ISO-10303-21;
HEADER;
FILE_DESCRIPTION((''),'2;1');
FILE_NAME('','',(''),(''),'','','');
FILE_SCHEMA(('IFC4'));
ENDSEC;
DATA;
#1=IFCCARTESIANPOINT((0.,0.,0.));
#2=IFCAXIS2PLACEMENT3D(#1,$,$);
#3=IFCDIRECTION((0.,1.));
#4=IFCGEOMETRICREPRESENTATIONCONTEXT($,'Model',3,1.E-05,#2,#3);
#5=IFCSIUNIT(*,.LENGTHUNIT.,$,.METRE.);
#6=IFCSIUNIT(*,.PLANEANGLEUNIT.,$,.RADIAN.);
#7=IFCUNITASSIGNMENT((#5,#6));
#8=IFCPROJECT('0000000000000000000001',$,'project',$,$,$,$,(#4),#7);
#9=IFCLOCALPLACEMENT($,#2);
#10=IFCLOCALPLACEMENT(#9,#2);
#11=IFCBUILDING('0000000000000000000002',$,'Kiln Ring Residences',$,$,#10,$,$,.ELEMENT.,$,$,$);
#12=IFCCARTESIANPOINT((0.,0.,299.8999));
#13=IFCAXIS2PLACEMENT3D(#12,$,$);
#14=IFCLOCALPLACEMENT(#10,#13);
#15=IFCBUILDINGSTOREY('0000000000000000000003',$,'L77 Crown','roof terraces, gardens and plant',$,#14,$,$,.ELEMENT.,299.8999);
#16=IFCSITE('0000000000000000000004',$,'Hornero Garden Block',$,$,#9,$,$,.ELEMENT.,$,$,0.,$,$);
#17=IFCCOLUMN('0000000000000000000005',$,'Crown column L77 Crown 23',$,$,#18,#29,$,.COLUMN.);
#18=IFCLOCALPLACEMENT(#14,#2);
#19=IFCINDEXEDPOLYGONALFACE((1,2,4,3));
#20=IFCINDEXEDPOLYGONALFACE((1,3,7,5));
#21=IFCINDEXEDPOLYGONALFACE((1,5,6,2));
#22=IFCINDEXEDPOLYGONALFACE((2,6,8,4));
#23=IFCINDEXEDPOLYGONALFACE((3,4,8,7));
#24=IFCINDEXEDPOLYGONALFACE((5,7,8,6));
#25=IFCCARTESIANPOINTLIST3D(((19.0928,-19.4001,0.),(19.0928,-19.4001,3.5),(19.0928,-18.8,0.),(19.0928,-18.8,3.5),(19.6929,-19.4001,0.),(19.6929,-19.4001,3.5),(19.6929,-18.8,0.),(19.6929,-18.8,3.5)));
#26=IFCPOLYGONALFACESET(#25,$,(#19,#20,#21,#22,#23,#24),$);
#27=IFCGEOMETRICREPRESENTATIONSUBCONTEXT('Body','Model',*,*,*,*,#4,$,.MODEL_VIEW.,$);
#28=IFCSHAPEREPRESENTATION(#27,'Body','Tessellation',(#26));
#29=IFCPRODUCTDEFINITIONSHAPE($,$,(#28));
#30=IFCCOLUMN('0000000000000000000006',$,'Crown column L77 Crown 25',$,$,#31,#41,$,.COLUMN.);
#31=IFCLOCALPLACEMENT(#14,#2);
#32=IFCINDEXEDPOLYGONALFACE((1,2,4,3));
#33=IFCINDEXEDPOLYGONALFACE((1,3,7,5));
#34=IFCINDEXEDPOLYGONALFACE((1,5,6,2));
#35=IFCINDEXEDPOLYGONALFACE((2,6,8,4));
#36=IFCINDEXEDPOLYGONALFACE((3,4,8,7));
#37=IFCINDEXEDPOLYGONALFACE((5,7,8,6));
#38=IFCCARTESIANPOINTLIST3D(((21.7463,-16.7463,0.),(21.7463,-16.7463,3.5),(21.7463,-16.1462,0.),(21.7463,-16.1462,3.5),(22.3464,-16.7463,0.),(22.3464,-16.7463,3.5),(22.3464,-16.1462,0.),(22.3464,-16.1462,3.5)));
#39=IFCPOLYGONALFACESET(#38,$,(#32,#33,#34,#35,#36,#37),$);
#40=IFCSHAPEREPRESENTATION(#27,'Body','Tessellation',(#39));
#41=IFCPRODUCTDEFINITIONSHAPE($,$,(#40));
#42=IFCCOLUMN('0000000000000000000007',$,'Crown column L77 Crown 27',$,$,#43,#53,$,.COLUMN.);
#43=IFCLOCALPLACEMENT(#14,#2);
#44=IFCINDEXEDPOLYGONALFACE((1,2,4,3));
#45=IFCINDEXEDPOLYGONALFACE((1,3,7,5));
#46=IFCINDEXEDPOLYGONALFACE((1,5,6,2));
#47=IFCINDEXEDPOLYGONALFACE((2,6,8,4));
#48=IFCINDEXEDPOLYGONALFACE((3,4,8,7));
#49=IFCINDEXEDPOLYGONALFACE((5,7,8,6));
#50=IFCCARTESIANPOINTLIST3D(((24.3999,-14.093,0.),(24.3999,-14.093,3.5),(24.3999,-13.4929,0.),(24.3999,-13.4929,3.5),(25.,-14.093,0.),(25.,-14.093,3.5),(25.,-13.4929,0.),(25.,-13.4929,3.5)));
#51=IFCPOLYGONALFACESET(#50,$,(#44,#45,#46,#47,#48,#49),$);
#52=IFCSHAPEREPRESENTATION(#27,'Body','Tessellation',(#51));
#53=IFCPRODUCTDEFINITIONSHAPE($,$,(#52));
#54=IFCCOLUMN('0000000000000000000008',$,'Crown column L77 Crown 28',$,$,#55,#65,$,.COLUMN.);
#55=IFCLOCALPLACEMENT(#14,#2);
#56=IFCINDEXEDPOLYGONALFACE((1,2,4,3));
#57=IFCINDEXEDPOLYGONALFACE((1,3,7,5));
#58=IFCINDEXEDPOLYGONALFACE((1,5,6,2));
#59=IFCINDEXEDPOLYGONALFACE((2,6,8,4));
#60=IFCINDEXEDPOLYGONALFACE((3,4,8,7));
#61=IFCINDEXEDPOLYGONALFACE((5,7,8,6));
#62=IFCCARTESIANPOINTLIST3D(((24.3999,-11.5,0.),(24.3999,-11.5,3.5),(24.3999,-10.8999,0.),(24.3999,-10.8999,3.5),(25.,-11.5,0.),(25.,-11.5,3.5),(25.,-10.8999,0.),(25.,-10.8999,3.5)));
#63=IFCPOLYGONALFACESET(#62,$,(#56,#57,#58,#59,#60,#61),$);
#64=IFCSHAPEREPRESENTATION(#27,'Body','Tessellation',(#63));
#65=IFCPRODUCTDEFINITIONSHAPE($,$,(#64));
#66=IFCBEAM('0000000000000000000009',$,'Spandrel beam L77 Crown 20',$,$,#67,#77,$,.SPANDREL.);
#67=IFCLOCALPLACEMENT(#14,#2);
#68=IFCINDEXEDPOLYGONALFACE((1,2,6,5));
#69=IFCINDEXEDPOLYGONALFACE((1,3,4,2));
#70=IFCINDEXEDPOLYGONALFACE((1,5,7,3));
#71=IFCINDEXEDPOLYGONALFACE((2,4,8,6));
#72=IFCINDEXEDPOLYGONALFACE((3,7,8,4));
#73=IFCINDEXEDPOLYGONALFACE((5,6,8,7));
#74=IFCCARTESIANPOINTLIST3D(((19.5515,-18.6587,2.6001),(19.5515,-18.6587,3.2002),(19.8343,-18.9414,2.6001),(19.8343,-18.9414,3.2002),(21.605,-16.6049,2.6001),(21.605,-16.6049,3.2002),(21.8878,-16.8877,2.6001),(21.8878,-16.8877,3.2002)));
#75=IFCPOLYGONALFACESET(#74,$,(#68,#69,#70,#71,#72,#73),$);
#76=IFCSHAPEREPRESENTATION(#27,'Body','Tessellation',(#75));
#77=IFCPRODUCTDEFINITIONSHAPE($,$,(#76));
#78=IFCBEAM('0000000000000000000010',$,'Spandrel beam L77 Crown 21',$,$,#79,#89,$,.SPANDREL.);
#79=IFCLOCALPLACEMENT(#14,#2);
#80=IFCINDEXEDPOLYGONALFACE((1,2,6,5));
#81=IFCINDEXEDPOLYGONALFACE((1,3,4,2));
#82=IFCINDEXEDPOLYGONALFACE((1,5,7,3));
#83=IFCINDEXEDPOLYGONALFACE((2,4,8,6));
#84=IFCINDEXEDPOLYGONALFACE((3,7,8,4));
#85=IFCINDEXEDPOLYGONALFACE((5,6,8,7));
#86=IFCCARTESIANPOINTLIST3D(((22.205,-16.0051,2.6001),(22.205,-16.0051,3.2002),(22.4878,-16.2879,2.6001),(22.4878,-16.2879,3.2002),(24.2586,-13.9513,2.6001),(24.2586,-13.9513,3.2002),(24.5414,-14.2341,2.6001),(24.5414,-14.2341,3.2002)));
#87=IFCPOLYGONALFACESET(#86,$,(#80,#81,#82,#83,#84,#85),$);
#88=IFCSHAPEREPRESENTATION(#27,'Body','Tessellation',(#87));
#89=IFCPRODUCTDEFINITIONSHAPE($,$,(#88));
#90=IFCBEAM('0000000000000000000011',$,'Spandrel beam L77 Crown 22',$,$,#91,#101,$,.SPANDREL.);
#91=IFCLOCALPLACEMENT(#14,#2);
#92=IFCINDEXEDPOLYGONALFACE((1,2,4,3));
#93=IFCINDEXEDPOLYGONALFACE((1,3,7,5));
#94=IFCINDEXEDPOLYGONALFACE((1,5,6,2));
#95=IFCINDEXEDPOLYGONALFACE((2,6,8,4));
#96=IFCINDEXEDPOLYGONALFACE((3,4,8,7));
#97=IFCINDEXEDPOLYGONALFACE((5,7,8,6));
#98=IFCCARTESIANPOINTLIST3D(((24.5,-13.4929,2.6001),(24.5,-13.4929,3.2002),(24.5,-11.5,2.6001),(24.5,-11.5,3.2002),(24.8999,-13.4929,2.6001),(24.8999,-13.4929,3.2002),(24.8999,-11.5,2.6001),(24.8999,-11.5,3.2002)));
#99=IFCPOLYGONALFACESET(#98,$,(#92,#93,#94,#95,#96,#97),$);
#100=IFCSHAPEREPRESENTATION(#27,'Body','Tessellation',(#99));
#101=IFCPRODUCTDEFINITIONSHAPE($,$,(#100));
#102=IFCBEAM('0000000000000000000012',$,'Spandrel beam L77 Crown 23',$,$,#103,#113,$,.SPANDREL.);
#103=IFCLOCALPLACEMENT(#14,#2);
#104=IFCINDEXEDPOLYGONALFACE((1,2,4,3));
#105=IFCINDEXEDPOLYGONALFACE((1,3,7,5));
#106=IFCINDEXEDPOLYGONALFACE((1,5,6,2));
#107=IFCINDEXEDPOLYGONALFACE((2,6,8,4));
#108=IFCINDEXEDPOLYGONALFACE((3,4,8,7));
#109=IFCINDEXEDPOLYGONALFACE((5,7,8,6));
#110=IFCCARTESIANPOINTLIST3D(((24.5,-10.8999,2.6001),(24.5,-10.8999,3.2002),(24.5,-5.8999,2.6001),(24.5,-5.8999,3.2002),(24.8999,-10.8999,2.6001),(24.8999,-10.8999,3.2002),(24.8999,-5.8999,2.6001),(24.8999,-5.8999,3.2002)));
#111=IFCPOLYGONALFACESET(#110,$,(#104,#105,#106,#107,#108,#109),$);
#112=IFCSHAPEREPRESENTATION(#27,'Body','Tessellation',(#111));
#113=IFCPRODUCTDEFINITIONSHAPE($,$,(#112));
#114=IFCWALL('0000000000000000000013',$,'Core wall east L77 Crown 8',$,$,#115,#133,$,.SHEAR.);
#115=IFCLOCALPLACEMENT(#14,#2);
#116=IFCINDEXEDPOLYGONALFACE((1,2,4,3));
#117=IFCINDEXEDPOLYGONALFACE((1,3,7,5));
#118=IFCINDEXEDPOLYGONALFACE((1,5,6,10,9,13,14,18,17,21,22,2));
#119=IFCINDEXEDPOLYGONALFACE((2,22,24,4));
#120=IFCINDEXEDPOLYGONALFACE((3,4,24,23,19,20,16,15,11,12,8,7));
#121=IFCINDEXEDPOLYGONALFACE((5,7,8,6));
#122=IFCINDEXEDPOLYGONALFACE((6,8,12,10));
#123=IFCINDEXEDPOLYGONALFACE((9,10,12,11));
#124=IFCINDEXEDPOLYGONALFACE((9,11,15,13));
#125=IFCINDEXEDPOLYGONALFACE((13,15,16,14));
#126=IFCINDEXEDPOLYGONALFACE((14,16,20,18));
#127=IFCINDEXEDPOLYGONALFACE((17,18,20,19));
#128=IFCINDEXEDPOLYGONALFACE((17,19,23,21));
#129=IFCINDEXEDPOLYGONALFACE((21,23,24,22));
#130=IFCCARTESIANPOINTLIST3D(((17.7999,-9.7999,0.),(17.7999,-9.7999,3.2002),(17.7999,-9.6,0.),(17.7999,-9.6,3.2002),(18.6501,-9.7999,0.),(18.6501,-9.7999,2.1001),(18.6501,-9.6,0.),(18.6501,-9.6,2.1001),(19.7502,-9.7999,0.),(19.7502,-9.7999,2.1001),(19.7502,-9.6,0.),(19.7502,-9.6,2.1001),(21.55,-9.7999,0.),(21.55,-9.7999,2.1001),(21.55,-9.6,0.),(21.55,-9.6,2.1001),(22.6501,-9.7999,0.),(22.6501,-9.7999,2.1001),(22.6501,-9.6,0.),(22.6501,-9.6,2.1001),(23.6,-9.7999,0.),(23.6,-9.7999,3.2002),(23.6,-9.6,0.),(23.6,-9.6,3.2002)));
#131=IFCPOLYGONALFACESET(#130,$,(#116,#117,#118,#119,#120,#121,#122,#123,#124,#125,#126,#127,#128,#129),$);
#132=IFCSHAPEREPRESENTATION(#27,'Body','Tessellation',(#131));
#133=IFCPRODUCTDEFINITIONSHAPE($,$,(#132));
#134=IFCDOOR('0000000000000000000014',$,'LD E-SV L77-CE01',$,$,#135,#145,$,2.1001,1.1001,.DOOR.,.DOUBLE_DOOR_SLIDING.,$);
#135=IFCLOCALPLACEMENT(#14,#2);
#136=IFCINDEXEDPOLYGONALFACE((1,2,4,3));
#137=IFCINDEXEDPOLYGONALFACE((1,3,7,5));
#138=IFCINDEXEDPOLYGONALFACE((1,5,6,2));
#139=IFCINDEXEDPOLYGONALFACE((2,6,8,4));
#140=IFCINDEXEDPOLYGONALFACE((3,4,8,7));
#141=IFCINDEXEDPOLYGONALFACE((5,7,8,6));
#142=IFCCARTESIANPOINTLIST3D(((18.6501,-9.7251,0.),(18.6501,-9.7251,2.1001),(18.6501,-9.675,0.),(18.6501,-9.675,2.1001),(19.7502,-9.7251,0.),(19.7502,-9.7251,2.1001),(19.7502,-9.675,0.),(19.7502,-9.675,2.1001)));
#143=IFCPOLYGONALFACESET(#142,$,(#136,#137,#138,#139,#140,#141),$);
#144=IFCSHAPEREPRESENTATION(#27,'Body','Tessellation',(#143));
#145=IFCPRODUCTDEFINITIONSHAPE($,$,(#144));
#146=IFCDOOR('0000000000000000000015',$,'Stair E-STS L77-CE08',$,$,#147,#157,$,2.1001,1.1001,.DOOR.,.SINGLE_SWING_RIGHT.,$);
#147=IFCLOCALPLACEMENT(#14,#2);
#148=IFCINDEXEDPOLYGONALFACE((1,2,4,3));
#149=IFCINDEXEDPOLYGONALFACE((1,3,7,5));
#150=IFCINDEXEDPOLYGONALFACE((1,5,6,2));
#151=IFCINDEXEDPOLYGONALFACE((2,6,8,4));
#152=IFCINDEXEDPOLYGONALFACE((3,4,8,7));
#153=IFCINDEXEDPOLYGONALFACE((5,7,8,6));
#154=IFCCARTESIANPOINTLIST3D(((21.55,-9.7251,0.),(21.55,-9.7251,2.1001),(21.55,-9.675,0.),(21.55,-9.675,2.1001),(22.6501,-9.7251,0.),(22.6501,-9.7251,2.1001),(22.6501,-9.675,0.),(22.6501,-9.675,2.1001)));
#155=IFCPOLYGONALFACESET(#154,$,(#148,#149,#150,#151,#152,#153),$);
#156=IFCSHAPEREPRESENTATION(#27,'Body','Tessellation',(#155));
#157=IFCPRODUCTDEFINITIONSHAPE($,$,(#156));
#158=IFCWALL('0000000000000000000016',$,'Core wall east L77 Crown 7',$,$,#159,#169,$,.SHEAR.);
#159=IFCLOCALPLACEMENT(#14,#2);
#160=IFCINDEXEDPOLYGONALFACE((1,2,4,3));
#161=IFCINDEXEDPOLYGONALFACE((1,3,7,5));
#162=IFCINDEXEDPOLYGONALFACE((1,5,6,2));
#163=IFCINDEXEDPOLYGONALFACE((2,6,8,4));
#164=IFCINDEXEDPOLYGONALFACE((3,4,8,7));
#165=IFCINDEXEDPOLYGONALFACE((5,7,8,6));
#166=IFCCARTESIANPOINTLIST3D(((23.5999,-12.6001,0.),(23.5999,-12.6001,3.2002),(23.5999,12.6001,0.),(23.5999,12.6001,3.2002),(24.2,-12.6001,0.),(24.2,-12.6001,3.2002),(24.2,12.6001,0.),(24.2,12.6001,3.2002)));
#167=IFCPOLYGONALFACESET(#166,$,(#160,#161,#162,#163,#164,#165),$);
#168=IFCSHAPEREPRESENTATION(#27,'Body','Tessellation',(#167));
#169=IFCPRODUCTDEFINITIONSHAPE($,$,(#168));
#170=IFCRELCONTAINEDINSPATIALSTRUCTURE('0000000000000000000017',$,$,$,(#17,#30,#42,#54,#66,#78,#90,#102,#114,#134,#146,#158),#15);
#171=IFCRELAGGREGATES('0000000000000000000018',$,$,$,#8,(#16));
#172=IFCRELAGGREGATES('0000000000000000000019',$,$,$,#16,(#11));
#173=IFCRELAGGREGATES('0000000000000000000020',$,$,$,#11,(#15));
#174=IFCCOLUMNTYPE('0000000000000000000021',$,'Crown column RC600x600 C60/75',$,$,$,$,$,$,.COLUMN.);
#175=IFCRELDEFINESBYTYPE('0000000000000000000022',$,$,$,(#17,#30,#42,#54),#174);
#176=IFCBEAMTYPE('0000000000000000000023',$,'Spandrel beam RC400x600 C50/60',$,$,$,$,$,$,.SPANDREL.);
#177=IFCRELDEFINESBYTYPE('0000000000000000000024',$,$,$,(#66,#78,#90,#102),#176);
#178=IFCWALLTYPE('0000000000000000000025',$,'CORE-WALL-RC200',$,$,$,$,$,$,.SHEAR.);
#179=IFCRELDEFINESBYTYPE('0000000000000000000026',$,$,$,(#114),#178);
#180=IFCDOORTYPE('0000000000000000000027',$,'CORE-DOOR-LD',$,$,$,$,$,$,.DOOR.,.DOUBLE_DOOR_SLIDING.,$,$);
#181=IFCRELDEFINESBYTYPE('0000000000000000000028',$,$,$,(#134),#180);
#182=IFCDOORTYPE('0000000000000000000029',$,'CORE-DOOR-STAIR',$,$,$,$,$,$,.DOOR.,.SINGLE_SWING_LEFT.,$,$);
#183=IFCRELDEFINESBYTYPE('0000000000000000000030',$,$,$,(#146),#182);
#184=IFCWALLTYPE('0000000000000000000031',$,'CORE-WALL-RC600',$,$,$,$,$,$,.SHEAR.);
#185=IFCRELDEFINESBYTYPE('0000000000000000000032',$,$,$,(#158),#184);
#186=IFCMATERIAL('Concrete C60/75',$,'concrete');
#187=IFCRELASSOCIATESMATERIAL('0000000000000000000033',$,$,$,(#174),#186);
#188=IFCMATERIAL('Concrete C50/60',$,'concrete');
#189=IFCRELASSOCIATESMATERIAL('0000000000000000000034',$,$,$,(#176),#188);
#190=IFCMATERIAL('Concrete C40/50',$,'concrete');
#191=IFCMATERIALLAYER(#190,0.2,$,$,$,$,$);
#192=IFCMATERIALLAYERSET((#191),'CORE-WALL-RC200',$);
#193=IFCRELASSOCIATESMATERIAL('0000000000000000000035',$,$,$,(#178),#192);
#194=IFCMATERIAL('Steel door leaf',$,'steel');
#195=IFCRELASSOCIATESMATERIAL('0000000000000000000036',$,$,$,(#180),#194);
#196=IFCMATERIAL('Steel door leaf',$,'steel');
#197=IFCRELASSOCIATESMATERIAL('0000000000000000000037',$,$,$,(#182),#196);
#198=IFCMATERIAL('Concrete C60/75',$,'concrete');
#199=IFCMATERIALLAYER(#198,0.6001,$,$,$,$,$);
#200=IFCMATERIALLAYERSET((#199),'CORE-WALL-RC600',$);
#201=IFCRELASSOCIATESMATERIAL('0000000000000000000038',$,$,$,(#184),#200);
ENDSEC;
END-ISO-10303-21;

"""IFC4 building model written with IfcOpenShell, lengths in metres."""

from ifc_helpers import new_model, si_unit, direction, frame, frame_2d, origin, origin_2d, place, context, subcontext, project, spatial, rectangle, extrude, material, layer, layer_set, material_profile, profile_set, type_object, element, fill, save


model = new_model("IFC4")

# Units and contexts
model_context = context("Model", 3, precision=1e-05, world=origin(), true_north=direction((0.0, 1.0)))
body_context = subcontext(model_context, "Body", "Model", "MODEL_VIEW")
ifc_project = project(units=[si_unit("LENGTHUNIT", "METRE"), si_unit("PLANEANGLEUNIT", "RADIAN")], contexts=[model_context])

# Site, building, storey
site_placement = place(None, origin())
site = spatial("IfcSite", under=ifc_project, at=site_placement, Name="Hornero Garden Block", CompositionType="ELEMENT", RefElevation=0.0)
building_placement = place(site_placement, origin())
building = spatial("IfcBuilding", under=site, at=building_placement, Name="Kiln Ring Residences", CompositionType="ELEMENT")
storey_placement = place(building_placement, frame((0.0, 0.0, 299.8999)))
storey = spatial("IfcBuildingStorey", under=building, at=storey_placement, Name="L77 Crown", Description="roof terraces, gardens and plant", CompositionType="ELEMENT", Elevation=299.8999)

# Columns
ifc_material_1 = material(Name="Concrete C60/75", Category="concrete")
ifc_material_profile_1 = material_profile(ifc_material_1, rectangle(XDim=0.6001, YDim=0.6001, at=origin_2d()), Name="RC600x600")
ifc_profile_set_1 = profile_set([ifc_material_profile_1], Name="Concrete C60/75")
column_type = type_object("IfcColumnType", Name="Crown column RC600x600 C60/75", PredefinedType="COLUMN", material=ifc_profile_set_1)
for number, where, z_axis, x_axis, name in (
    (1, (19.3928, -19.1001, 0.0), (0.0, 0.0, 1.0), (1.0, 0.0, 0.0), "Crown column L77 Crown 23"),
    (2, (22.0464, -16.4463, 0.0), (0.0, 0.0, 1.0), (1.0, 0.0, 0.0), "Crown column L77 Crown 25"),
    (3, (24.7, -13.793, 0.0), (0.0, 0.0, 1.0), (1.0, 0.0, 0.0), "Crown column L77 Crown 27"),
    (4, (24.7, -11.2, 0.0), (0.0, 0.0, 1.0), (1.0, 0.0, 0.0), "Crown column L77 Crown 28"),
):
    element("IfcColumn", number, at=place(storey_placement, frame(where, z_axis=z_axis, x_axis=x_axis)), inside=storey, type_object=column_type, Name=name, PredefinedType="COLUMN", context=body_context, shape_type="SweptSolid", body=[
        extrude(rectangle(XDim=0.6001, YDim=0.6001, at=origin_2d()), origin(), (0.0, 0.0, 1.0), 3.5),
    ])

# Beams
ifc_material_2 = material(Name="Concrete C50/60", Category="concrete")
ifc_material_profile_2 = material_profile(ifc_material_2, rectangle(XDim=0.3999, YDim=0.6001, at=origin_2d()), Name="RC400x600")
ifc_profile_set_2 = profile_set([ifc_material_profile_2], Name="Concrete C50/60")
beam_type = type_object("IfcBeamType", Name="Spandrel beam RC400x600 C50/60", PredefinedType="SPANDREL", material=ifc_profile_set_2)
for number, where, z_axis, x_axis, name in (
    (5, (19.6929, -18.8, 2.9001), (0.707065, 0.707149, 0.0), (-0.707149, 0.707065, 0.0), "Spandrel beam L77 Crown 20"),
    (6, (22.3464, -16.1465, 2.9001), (0.707065, 0.707149, 0.0), (-0.707149, 0.707065, 0.0), "Spandrel beam L77 Crown 21"),
):
    element("IfcBeam", number, at=place(storey_placement, frame(where, z_axis=z_axis, x_axis=x_axis)), inside=storey, type_object=beam_type, Name=name, PredefinedType="SPANDREL", context=body_context, shape_type="SweptSolid", body=[
        extrude(rectangle(XDim=0.3999, YDim=0.6001, at=origin_2d()), origin(), (0.0, 0.0, 1.0), 2.9043),
    ])
beam_1_placement = place(storey_placement, frame((24.7, -13.4929, 2.9001), z_axis=(0.0, 1.0, 0.0), x_axis=(-1.0, 0.0, 0.0)))
element("IfcBeam", 7, at=beam_1_placement, inside=storey, type_object=beam_type, Name="Spandrel beam L77 Crown 22", PredefinedType="SPANDREL", context=body_context, shape_type="SweptSolid", body=[
    extrude(rectangle(XDim=0.3999, YDim=0.6001, at=origin_2d()), origin(), (0.0, 0.0, 1.0), 1.9929),
])
beam_2_placement = place(storey_placement, frame((24.7, -10.8999, 2.9001), z_axis=(0.0, 1.0, 0.0), x_axis=(-1.0, 0.0, 0.0)))
element("IfcBeam", 8, at=beam_2_placement, inside=storey, type_object=beam_type, Name="Spandrel beam L77 Crown 23", PredefinedType="SPANDREL", context=body_context, shape_type="SweptSolid", body=[
    extrude(rectangle(XDim=0.3999, YDim=0.6001, at=origin_2d()), origin(), (0.0, 0.0, 1.0), 5.0),
])

# Wall, openings, doors
ifc_material_3 = material(Name="Concrete C40/50", Category="concrete")
ifc_layer_1 = layer(ifc_material_3, 0.2)
ifc_layer_set_1 = layer_set([ifc_layer_1], Name="CORE-WALL-RC200")
wall_type_1 = type_object("IfcWallType", Name="CORE-WALL-RC200", PredefinedType="SHEAR", material=ifc_layer_set_1)
wall_1_placement = place(storey_placement, frame((17.8, -9.7, 0.0), z_axis=(0.0, 0.0, 1.0), x_axis=(1.0, 0.0, 0.0)))
wall_1 = element("IfcWall", 9, at=wall_1_placement, inside=storey, type_object=wall_type_1, Name="Core wall east L77 Crown 8", PredefinedType="SHEAR", context=body_context, shape_type="SweptSolid", body=[
    extrude(rectangle(XDim=5.8, YDim=0.2, at=frame_2d((2.8999, 0.0))), origin(), (0.0, 0.0, 1.0), 3.2002),
])
opening_1_placement = place(wall_1_placement, frame((0.8501, 0.0, 0.0)))
opening_1 = element("IfcOpeningElement", 10, at=opening_1_placement, cuts=wall_1, PredefinedType="OPENING", context=body_context, shape_type="SweptSolid", body=[
    extrude(rectangle(XDim=1.1001, YDim=2.1001, at=frame_2d((0.55, 1.05))), frame((0.0, 0.1099, 0.0), z_axis=(0.0, -1.0, 0.0), x_axis=(1.0, 0.0, 0.0)), (0.0, 0.0, 1.0), 0.22),
])
opening_2_placement = place(wall_1_placement, frame((3.75, 0.0, 0.0)))
opening_2 = element("IfcOpeningElement", 11, at=opening_2_placement, cuts=wall_1, PredefinedType="OPENING", context=body_context, shape_type="SweptSolid", body=[
    extrude(rectangle(XDim=1.1001, YDim=2.1001, at=frame_2d((0.55, 1.05))), frame((0.0, 0.1099, 0.0), z_axis=(0.0, -1.0, 0.0), x_axis=(1.0, 0.0, 0.0)), (0.0, 0.0, 1.0), 0.22),
])
ifc_material_4 = material(Name="Steel door leaf", Category="steel")
door_type_1 = type_object("IfcDoorType", Name="CORE-DOOR-LD", OperationType="DOUBLE_DOOR_SLIDING", PredefinedType="DOOR", material=ifc_material_4)
door_1_placement = place(opening_1_placement, origin())
door_1 = element("IfcDoor", 12, at=door_1_placement, inside=storey, type_object=door_type_1, Name="LD E-SV L77-CE01", OperationType="DOUBLE_DOOR_SLIDING", OverallHeight=2.1001, OverallWidth=1.1001, PredefinedType="DOOR", context=body_context, shape_type="SweptSolid", body=[
    extrude(rectangle(XDim=1.1001, YDim=2.1001, at=frame_2d((0.55, 1.05))), frame((0.0, 0.0249, 0.0), z_axis=(0.0, -1.0, 0.0), x_axis=(1.0, 0.0, 0.0)), (0.0, 0.0, 1.0), 0.05),
])
fill(opening_1, door_1)
ifc_material_5 = material(Name="Steel door leaf", Category="steel")
door_type_2 = type_object("IfcDoorType", Name="CORE-DOOR-STAIR", OperationType="SINGLE_SWING_LEFT", PredefinedType="DOOR", material=ifc_material_5)
door_2_placement = place(opening_2_placement, origin())
door_2 = element("IfcDoor", 13, at=door_2_placement, inside=storey, type_object=door_type_2, Name="Stair E-STS L77-CE08", OperationType="SINGLE_SWING_RIGHT", OverallHeight=2.1001, OverallWidth=1.1001, PredefinedType="DOOR", context=body_context, shape_type="SweptSolid", body=[
    extrude(rectangle(XDim=1.1001, YDim=2.1001, at=frame_2d((0.55, 1.05))), frame((0.0, 0.0249, 0.0), z_axis=(0.0, -1.0, 0.0), x_axis=(1.0, 0.0, 0.0)), (0.0, 0.0, 1.0), 0.05),
])
fill(opening_2, door_2)

# Wall
ifc_material_6 = material(Name="Concrete C60/75", Category="concrete")
ifc_layer_2 = layer(ifc_material_6, 0.6001)
ifc_layer_set_2 = layer_set([ifc_layer_2], Name="CORE-WALL-RC600")
wall_type_2 = type_object("IfcWallType", Name="CORE-WALL-RC600", PredefinedType="SHEAR", material=ifc_layer_set_2)
wall_2_placement = place(storey_placement, frame((23.8999, -12.6001, 0.0), z_axis=(0.0, 0.0, 1.0), x_axis=(0.0, 1.0, 0.0)))
element("IfcWall", 14, at=wall_2_placement, inside=storey, type_object=wall_type_2, Name="Core wall east L77 Crown 7", PredefinedType="SHEAR", context=body_context, shape_type="SweptSolid", body=[
    extrude(rectangle(XDim=25.2002, YDim=0.6001, at=frame_2d((12.6001, 0.0))), origin(), (0.0, 0.0, 1.0), 3.2002),
])

save(model, "model.ifc")
